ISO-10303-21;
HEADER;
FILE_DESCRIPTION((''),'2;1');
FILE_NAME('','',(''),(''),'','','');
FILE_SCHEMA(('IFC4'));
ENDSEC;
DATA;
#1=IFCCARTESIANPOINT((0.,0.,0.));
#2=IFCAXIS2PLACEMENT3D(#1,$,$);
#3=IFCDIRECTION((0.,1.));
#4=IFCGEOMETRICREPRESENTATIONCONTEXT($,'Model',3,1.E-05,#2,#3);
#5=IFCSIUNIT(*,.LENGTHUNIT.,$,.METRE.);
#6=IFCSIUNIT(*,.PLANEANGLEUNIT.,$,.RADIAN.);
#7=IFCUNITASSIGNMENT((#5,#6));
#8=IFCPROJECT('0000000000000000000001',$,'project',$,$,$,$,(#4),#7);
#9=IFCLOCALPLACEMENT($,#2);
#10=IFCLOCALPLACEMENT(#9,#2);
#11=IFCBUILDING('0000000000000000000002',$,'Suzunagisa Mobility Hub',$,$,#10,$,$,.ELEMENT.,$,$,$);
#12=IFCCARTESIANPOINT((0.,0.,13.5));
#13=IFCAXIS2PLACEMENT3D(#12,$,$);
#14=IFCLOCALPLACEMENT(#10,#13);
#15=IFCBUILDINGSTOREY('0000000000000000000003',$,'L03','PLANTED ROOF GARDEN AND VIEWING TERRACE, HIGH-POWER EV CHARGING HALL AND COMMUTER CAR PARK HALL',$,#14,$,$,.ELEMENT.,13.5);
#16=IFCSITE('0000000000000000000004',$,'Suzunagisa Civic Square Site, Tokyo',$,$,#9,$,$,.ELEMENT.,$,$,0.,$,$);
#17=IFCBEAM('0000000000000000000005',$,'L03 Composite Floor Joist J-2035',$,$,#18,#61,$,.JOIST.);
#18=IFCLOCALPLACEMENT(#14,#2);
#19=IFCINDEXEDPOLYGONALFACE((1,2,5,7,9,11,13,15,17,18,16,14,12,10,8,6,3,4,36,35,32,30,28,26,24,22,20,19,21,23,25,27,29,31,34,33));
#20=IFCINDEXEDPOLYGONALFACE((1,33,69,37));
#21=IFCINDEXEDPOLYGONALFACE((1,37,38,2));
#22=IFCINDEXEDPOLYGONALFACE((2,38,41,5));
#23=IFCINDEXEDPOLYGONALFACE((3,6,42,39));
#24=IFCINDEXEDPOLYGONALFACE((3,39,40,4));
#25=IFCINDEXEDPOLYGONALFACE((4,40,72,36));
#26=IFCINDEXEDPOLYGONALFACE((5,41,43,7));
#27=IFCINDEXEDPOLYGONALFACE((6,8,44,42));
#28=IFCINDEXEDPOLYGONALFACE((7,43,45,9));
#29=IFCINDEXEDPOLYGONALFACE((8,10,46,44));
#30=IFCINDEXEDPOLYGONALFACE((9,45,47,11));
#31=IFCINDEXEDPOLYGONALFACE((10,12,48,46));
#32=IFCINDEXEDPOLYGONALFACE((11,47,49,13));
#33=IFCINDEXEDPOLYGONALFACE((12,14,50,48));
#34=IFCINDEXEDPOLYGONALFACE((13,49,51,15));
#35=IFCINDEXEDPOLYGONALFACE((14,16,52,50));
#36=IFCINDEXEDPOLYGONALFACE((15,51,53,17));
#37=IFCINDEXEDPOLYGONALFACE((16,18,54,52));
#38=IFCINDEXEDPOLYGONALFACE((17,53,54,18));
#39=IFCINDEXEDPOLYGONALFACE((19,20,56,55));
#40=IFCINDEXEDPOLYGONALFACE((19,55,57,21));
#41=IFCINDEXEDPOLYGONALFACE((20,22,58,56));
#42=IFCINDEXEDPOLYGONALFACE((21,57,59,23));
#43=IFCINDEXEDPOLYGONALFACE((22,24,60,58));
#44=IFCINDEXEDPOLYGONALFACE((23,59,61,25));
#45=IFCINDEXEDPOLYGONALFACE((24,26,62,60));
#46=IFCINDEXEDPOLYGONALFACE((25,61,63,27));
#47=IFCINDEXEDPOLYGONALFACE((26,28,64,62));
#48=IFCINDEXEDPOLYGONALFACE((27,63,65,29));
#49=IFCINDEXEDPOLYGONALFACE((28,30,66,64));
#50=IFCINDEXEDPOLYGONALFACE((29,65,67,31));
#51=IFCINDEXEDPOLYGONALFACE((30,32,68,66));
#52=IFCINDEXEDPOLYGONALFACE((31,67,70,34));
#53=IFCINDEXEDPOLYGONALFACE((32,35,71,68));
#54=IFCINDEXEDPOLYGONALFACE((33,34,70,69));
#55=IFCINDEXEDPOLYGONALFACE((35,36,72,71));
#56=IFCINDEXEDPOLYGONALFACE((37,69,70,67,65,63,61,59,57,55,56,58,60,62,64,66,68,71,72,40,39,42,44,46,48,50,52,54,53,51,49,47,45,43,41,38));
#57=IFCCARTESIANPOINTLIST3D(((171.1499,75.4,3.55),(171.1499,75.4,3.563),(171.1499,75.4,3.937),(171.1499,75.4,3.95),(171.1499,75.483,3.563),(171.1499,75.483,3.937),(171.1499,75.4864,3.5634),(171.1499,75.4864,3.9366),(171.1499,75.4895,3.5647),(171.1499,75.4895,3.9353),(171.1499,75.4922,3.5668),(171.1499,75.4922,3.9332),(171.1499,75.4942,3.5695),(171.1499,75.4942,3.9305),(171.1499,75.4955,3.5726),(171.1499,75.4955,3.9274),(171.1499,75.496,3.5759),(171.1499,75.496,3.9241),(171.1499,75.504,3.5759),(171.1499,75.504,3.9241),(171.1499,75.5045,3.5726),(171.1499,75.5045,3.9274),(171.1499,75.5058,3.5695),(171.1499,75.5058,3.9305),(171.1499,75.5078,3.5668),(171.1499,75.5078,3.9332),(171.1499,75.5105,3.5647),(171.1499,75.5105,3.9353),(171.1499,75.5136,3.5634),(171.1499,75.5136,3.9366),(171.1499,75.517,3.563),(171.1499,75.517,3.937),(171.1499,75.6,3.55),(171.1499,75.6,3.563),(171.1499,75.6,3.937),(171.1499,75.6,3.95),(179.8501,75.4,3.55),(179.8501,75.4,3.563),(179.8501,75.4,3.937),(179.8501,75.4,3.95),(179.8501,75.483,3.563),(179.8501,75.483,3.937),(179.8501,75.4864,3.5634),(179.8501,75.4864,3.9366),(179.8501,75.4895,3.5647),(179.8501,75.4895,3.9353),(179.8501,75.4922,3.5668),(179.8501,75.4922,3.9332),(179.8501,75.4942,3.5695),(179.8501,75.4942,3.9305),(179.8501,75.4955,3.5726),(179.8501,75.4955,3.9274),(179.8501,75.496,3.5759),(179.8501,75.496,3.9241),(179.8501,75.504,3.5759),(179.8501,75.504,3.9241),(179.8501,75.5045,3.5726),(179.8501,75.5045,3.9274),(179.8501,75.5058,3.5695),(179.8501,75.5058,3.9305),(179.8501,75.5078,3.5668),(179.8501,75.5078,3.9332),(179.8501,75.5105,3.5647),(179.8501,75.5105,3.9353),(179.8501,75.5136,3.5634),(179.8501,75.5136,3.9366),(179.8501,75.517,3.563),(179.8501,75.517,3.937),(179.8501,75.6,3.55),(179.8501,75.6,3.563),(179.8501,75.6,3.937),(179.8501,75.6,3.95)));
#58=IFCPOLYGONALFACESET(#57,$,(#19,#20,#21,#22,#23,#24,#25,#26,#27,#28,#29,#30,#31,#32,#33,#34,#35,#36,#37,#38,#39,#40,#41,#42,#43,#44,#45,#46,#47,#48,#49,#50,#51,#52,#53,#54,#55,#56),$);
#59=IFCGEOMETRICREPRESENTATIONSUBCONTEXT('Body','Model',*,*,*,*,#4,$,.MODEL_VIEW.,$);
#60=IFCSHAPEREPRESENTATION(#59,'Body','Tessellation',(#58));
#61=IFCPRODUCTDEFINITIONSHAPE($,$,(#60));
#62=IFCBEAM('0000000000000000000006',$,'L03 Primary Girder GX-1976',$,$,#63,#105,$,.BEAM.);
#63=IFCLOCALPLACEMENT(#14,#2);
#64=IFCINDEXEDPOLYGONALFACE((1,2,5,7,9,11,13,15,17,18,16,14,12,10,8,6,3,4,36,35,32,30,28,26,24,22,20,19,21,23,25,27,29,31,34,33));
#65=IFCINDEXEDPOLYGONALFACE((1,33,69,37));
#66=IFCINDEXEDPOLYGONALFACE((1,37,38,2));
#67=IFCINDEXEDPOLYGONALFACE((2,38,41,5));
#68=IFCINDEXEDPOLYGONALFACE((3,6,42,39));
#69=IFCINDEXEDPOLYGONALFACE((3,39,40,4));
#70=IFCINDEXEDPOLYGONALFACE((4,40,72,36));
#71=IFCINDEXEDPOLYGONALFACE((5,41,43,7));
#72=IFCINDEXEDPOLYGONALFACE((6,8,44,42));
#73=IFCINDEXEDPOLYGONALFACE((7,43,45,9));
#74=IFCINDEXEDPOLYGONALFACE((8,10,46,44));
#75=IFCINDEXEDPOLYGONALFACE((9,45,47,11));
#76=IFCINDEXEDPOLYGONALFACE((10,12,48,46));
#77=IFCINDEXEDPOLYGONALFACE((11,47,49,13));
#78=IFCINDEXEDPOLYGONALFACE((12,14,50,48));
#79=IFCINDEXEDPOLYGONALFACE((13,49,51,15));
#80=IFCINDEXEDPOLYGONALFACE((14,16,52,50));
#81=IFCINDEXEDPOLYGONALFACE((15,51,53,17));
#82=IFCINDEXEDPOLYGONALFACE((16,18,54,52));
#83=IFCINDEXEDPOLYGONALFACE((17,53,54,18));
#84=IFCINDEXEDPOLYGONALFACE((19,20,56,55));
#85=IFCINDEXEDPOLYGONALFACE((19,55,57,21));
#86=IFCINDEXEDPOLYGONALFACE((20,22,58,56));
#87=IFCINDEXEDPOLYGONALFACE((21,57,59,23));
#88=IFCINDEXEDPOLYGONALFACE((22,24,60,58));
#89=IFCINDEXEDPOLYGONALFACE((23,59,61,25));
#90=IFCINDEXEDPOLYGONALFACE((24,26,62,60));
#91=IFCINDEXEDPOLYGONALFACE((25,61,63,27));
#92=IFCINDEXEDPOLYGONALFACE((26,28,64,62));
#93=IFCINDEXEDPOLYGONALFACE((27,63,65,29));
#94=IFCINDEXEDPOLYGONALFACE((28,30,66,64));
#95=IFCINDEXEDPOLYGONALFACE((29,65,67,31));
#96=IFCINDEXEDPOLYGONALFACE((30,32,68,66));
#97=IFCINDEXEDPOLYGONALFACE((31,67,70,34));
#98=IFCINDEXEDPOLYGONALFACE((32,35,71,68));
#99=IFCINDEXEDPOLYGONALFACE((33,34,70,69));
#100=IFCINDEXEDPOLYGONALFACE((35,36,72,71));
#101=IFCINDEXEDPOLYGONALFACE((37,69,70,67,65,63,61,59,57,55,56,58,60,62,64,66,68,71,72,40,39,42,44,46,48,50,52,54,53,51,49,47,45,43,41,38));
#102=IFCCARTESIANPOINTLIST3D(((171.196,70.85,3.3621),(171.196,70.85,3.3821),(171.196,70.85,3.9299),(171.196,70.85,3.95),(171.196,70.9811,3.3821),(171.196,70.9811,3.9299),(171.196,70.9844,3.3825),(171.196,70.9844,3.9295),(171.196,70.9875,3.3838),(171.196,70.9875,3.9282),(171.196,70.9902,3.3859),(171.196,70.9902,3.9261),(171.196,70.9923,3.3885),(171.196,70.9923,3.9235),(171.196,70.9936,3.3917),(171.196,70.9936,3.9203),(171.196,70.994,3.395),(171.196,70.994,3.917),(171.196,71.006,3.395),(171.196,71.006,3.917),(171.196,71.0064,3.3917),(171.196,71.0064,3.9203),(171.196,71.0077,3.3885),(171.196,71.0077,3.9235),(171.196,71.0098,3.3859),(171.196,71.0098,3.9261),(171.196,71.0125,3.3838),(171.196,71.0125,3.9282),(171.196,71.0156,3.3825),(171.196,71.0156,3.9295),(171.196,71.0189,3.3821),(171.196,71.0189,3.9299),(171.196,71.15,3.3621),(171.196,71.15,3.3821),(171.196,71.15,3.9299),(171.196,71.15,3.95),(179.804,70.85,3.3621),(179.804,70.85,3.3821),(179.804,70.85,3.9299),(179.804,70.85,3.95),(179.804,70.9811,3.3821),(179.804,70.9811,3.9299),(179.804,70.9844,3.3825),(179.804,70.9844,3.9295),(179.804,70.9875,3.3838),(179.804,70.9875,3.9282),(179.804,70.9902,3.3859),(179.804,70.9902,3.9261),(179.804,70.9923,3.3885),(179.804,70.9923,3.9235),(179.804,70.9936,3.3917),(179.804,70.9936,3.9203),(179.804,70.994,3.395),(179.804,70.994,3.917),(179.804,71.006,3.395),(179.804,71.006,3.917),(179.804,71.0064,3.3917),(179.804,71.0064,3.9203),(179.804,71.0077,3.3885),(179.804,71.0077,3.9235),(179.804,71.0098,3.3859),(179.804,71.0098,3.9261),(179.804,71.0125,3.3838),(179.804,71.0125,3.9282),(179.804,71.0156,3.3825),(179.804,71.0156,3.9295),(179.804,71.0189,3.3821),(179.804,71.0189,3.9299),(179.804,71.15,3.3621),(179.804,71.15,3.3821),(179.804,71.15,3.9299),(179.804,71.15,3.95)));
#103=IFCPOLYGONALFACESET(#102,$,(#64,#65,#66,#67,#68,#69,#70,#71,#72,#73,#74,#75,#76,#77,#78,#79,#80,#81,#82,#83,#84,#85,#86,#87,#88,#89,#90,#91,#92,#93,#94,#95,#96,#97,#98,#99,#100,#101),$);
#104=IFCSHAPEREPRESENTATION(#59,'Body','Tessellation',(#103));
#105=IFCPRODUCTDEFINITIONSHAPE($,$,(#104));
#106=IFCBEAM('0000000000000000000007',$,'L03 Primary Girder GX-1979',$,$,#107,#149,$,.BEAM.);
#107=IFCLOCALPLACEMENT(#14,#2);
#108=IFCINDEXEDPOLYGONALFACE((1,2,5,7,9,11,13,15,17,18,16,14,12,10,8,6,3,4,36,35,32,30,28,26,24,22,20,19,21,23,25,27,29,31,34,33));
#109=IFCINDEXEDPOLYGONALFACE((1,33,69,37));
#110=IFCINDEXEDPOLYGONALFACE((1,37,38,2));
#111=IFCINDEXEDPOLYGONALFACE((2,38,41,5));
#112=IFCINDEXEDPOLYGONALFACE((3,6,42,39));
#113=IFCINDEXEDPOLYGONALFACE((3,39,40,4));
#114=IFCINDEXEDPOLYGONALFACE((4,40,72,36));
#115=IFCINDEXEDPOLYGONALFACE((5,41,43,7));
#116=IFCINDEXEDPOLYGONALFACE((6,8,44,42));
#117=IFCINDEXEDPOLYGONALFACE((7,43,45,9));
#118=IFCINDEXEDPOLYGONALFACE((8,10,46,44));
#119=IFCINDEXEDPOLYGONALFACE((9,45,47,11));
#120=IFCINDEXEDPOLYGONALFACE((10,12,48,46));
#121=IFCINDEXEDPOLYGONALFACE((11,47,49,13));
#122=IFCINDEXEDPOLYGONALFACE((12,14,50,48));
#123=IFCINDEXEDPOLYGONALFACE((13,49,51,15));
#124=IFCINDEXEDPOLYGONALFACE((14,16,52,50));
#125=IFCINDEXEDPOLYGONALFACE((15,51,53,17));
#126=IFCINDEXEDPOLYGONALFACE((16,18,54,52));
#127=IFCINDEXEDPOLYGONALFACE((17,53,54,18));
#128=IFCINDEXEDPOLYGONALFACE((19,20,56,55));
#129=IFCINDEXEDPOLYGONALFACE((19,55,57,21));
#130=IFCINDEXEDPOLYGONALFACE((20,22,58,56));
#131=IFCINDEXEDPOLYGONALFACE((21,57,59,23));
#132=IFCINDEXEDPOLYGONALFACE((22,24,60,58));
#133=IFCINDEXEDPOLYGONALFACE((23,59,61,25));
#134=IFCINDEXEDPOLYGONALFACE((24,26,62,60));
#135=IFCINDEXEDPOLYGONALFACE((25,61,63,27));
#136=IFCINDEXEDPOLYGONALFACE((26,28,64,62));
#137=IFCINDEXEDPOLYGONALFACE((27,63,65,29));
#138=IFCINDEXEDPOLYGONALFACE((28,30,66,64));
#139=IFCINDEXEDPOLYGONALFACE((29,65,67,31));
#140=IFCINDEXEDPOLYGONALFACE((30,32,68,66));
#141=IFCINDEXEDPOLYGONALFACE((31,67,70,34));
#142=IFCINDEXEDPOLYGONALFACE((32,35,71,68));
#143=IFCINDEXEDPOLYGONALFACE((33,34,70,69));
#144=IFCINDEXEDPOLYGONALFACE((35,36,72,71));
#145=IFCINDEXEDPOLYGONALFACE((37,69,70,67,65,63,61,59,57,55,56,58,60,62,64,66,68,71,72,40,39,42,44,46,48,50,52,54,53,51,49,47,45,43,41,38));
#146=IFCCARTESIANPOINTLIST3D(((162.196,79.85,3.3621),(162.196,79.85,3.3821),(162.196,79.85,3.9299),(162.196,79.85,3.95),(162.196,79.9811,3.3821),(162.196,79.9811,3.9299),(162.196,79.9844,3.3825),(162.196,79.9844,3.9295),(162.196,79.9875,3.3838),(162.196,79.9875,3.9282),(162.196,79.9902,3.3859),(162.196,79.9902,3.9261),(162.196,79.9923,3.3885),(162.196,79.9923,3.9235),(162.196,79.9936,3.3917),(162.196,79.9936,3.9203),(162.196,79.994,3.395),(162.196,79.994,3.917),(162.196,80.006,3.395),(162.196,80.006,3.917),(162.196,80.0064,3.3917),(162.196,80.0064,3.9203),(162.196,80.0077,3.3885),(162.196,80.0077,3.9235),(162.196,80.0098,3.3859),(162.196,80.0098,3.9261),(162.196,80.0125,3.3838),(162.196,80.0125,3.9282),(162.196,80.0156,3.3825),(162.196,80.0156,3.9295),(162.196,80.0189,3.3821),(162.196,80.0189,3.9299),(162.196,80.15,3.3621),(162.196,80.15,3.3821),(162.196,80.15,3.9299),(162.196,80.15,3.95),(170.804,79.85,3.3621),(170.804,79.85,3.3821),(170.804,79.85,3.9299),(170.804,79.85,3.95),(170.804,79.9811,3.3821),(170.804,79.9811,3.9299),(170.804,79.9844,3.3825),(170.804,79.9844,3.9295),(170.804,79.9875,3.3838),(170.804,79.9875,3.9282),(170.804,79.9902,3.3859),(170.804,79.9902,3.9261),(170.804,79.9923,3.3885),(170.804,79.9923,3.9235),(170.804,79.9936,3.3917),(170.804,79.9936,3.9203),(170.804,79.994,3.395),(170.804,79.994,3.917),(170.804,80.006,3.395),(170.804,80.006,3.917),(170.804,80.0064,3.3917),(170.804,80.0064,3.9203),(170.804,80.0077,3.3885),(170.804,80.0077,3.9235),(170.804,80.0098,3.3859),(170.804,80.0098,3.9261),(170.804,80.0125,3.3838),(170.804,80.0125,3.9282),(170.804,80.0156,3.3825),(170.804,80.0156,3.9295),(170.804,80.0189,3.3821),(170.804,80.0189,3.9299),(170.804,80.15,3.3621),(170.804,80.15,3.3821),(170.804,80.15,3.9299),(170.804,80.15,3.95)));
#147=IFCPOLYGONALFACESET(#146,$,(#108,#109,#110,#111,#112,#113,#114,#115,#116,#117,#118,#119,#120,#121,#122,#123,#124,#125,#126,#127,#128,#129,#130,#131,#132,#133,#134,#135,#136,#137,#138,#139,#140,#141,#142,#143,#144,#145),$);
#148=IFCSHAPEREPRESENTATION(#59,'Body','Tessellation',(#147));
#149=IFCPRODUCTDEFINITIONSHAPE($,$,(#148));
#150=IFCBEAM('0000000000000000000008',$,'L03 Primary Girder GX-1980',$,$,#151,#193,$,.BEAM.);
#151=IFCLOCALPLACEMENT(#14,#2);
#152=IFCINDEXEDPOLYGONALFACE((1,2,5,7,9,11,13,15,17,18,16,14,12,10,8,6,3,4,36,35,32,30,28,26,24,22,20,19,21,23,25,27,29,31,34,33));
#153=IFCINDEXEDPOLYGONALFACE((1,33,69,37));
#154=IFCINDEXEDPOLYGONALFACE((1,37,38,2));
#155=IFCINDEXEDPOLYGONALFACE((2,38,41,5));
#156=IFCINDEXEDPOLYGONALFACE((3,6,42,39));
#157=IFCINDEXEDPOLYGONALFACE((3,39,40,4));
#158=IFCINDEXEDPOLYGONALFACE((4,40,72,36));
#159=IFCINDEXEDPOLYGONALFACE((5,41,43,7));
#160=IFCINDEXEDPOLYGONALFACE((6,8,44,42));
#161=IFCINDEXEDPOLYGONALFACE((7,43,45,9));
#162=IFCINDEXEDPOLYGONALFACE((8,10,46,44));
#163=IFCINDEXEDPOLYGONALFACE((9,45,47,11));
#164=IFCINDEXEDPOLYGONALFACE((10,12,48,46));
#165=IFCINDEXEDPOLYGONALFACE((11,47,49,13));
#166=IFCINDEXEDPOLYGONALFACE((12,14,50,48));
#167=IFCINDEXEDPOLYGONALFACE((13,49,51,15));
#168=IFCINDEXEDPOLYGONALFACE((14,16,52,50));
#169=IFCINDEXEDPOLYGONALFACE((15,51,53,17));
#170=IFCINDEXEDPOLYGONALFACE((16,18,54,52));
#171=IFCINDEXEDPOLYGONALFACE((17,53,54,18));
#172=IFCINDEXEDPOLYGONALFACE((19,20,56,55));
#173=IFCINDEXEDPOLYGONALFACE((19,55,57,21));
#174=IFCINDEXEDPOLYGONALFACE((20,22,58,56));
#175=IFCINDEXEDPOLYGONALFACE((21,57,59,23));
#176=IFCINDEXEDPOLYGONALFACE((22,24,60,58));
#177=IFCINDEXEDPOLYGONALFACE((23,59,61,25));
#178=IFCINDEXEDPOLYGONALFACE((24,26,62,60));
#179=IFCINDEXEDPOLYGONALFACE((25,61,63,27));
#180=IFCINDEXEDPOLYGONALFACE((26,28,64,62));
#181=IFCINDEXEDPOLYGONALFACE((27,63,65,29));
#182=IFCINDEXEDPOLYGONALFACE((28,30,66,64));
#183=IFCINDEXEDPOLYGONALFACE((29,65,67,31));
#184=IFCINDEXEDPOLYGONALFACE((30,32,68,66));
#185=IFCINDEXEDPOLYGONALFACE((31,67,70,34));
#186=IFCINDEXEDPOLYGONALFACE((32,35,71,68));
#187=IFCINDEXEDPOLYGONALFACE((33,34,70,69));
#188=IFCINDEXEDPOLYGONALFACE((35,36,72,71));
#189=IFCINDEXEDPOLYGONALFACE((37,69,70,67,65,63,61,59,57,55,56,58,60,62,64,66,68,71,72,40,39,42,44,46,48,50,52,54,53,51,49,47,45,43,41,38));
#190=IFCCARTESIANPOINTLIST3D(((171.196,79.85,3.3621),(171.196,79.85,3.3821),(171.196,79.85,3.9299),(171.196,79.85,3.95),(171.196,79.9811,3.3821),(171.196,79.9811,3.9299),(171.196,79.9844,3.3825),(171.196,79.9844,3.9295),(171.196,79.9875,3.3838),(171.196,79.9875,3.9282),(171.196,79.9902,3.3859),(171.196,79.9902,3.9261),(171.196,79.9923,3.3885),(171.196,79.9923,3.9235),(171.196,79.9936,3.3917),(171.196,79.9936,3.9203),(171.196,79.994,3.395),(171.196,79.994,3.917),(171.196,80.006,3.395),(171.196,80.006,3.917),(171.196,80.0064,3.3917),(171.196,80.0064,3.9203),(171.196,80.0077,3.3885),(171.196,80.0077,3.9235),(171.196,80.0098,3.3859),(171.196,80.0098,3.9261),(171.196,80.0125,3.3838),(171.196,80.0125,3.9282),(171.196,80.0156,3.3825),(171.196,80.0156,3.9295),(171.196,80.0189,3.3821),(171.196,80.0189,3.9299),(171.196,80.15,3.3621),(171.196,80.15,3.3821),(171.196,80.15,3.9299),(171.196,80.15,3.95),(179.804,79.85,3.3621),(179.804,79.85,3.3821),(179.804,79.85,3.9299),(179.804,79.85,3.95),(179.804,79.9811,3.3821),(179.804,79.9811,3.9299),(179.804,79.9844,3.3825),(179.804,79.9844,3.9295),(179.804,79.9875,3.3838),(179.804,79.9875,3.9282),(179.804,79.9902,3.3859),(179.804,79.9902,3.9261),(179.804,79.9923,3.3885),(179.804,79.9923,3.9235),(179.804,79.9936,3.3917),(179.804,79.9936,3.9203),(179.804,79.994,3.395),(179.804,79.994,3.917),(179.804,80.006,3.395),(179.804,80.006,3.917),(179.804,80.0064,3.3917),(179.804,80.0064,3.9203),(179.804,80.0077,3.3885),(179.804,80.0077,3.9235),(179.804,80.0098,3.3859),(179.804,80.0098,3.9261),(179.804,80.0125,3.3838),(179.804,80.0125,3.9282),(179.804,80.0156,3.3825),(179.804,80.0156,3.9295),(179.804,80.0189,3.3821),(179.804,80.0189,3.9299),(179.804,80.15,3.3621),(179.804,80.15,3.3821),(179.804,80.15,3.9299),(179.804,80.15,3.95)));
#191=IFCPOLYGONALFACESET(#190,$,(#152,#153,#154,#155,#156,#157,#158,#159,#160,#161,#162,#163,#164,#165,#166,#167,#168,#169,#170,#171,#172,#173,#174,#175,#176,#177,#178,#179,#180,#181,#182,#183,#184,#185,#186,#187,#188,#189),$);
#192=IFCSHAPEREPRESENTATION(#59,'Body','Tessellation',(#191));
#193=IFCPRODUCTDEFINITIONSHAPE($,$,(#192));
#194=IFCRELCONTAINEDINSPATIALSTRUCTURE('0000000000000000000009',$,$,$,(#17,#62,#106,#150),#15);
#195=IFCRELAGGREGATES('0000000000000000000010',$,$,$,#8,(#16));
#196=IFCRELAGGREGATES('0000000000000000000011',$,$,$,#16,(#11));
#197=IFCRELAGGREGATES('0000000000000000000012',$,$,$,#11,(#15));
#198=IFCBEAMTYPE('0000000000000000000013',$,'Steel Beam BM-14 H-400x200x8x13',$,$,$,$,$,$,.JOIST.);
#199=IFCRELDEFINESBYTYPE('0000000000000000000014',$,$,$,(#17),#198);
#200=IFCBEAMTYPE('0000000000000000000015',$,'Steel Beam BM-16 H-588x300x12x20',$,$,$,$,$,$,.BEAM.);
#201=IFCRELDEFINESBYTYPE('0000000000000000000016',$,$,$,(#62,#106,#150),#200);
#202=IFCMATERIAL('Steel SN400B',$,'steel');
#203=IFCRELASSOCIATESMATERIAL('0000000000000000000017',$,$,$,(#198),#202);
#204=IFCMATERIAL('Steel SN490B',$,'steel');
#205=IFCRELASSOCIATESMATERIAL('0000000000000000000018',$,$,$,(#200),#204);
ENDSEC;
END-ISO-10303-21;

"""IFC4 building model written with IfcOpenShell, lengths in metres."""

from ifc_helpers import new_model, si_unit, direction, frame, origin, origin_2d, place, context, subcontext, project, spatial, i_section, extrude, material, material_profile, profile_set, type_object, element, save


model = new_model("IFC4")

# Units and contexts
model_context = context("Model", 3, precision=1e-05, world=origin(), true_north=direction((0.0, 1.0)))
body_context = subcontext(model_context, "Body", "Model", "MODEL_VIEW")
ifc_project = project(units=[si_unit("LENGTHUNIT", "METRE"), si_unit("PLANEANGLEUNIT", "RADIAN")], contexts=[model_context])

# Site, building, storey
site_placement = place(None, origin())
site = spatial("IfcSite", under=ifc_project, at=site_placement, Name="Suzunagisa Civic Square Site, Tokyo", CompositionType="ELEMENT", RefElevation=0.0)
building_placement = place(site_placement, origin())
building = spatial("IfcBuilding", under=site, at=building_placement, Name="Suzunagisa Mobility Hub", CompositionType="ELEMENT")
storey_placement = place(building_placement, frame((0.0, 0.0, 13.5)))
storey = spatial("IfcBuildingStorey", under=building, at=storey_placement, Name="L03", Description="PLANTED ROOF GARDEN AND VIEWING TERRACE, HIGH-POWER EV CHARGING HALL AND COMMUTER CAR PARK HALL", CompositionType="ELEMENT", Elevation=13.5)

# Shared definitions
ifc_material_1 = material(Name="Steel SN490B", Category="steel")

# Beams
ifc_material_2 = material(Name="Steel SN400B", Category="steel")
ifc_material_profile_1 = material_profile(ifc_material_2, i_section(OverallWidth=0.2, OverallDepth=0.3999, WebThickness=0.0081, FlangeThickness=0.0129, FilletRadius=0.0129, at=origin_2d()), Name="H-400x200x8x13")
ifc_profile_set_1 = profile_set([ifc_material_profile_1], Name="Steel SN400B")
beam_type_1 = type_object("IfcBeamType", Name="Steel Beam BM-14 H-400x200x8x13", PredefinedType="JOIST", material=ifc_profile_set_1)
for number, where, z_axis, x_axis, name in (
    (1, (171.1499, 75.5, 3.75), (1.0, 0.0, 0.0), (0.0, 1.0, 0.0), "L03 Composite Floor Joist J-2035"),
):
    element("IfcBeam", number, at=place(storey_placement, frame(where, z_axis=z_axis, x_axis=x_axis)), inside=storey, type_object=beam_type_1, Name=name, PredefinedType="JOIST", context=body_context, shape_type="SweptSolid", body=[
        extrude(i_section(OverallWidth=0.2, OverallDepth=0.3999, WebThickness=0.0081, FlangeThickness=0.0129, FilletRadius=0.0129, at=origin_2d()), origin(), (0.0, 0.0, 1.0), 8.7002),
    ])
ifc_material_profile_2 = material_profile(ifc_material_1, i_section(OverallWidth=0.3, OverallDepth=0.5879, WebThickness=0.012, FlangeThickness=0.02, FilletRadius=0.0129, at=origin_2d()), Name="H-588x300x12x20")
ifc_profile_set_2 = profile_set([ifc_material_profile_2], Name="Steel SN490B")
beam_type_2 = type_object("IfcBeamType", Name="Steel Beam BM-16 H-588x300x12x20", PredefinedType="BEAM", material=ifc_profile_set_2)
for number, where, z_axis, x_axis, name in (
    (2, (171.196, 71.0, 3.656), (1.0, 0.0, 0.0), (0.0, 1.0, 0.0), "L03 Primary Girder GX-1976"),
    (3, (162.196, 80.0, 3.656), (1.0, 0.0, 0.0), (0.0, 1.0, 0.0), "L03 Primary Girder GX-1979"),
    (4, (171.196, 80.0, 3.656), (1.0, 0.0, 0.0), (0.0, 1.0, 0.0), "L03 Primary Girder GX-1980"),
):
    element("IfcBeam", number, at=place(storey_placement, frame(where, z_axis=z_axis, x_axis=x_axis)), inside=storey, type_object=beam_type_2, Name=name, PredefinedType="BEAM", context=body_context, shape_type="SweptSolid", body=[
        extrude(i_section(OverallWidth=0.3, OverallDepth=0.5879, WebThickness=0.012, FlangeThickness=0.02, FilletRadius=0.0129, at=origin_2d()), origin(), (0.0, 0.0, 1.0), 8.6079),
    ])

save(model, "model.ifc")
